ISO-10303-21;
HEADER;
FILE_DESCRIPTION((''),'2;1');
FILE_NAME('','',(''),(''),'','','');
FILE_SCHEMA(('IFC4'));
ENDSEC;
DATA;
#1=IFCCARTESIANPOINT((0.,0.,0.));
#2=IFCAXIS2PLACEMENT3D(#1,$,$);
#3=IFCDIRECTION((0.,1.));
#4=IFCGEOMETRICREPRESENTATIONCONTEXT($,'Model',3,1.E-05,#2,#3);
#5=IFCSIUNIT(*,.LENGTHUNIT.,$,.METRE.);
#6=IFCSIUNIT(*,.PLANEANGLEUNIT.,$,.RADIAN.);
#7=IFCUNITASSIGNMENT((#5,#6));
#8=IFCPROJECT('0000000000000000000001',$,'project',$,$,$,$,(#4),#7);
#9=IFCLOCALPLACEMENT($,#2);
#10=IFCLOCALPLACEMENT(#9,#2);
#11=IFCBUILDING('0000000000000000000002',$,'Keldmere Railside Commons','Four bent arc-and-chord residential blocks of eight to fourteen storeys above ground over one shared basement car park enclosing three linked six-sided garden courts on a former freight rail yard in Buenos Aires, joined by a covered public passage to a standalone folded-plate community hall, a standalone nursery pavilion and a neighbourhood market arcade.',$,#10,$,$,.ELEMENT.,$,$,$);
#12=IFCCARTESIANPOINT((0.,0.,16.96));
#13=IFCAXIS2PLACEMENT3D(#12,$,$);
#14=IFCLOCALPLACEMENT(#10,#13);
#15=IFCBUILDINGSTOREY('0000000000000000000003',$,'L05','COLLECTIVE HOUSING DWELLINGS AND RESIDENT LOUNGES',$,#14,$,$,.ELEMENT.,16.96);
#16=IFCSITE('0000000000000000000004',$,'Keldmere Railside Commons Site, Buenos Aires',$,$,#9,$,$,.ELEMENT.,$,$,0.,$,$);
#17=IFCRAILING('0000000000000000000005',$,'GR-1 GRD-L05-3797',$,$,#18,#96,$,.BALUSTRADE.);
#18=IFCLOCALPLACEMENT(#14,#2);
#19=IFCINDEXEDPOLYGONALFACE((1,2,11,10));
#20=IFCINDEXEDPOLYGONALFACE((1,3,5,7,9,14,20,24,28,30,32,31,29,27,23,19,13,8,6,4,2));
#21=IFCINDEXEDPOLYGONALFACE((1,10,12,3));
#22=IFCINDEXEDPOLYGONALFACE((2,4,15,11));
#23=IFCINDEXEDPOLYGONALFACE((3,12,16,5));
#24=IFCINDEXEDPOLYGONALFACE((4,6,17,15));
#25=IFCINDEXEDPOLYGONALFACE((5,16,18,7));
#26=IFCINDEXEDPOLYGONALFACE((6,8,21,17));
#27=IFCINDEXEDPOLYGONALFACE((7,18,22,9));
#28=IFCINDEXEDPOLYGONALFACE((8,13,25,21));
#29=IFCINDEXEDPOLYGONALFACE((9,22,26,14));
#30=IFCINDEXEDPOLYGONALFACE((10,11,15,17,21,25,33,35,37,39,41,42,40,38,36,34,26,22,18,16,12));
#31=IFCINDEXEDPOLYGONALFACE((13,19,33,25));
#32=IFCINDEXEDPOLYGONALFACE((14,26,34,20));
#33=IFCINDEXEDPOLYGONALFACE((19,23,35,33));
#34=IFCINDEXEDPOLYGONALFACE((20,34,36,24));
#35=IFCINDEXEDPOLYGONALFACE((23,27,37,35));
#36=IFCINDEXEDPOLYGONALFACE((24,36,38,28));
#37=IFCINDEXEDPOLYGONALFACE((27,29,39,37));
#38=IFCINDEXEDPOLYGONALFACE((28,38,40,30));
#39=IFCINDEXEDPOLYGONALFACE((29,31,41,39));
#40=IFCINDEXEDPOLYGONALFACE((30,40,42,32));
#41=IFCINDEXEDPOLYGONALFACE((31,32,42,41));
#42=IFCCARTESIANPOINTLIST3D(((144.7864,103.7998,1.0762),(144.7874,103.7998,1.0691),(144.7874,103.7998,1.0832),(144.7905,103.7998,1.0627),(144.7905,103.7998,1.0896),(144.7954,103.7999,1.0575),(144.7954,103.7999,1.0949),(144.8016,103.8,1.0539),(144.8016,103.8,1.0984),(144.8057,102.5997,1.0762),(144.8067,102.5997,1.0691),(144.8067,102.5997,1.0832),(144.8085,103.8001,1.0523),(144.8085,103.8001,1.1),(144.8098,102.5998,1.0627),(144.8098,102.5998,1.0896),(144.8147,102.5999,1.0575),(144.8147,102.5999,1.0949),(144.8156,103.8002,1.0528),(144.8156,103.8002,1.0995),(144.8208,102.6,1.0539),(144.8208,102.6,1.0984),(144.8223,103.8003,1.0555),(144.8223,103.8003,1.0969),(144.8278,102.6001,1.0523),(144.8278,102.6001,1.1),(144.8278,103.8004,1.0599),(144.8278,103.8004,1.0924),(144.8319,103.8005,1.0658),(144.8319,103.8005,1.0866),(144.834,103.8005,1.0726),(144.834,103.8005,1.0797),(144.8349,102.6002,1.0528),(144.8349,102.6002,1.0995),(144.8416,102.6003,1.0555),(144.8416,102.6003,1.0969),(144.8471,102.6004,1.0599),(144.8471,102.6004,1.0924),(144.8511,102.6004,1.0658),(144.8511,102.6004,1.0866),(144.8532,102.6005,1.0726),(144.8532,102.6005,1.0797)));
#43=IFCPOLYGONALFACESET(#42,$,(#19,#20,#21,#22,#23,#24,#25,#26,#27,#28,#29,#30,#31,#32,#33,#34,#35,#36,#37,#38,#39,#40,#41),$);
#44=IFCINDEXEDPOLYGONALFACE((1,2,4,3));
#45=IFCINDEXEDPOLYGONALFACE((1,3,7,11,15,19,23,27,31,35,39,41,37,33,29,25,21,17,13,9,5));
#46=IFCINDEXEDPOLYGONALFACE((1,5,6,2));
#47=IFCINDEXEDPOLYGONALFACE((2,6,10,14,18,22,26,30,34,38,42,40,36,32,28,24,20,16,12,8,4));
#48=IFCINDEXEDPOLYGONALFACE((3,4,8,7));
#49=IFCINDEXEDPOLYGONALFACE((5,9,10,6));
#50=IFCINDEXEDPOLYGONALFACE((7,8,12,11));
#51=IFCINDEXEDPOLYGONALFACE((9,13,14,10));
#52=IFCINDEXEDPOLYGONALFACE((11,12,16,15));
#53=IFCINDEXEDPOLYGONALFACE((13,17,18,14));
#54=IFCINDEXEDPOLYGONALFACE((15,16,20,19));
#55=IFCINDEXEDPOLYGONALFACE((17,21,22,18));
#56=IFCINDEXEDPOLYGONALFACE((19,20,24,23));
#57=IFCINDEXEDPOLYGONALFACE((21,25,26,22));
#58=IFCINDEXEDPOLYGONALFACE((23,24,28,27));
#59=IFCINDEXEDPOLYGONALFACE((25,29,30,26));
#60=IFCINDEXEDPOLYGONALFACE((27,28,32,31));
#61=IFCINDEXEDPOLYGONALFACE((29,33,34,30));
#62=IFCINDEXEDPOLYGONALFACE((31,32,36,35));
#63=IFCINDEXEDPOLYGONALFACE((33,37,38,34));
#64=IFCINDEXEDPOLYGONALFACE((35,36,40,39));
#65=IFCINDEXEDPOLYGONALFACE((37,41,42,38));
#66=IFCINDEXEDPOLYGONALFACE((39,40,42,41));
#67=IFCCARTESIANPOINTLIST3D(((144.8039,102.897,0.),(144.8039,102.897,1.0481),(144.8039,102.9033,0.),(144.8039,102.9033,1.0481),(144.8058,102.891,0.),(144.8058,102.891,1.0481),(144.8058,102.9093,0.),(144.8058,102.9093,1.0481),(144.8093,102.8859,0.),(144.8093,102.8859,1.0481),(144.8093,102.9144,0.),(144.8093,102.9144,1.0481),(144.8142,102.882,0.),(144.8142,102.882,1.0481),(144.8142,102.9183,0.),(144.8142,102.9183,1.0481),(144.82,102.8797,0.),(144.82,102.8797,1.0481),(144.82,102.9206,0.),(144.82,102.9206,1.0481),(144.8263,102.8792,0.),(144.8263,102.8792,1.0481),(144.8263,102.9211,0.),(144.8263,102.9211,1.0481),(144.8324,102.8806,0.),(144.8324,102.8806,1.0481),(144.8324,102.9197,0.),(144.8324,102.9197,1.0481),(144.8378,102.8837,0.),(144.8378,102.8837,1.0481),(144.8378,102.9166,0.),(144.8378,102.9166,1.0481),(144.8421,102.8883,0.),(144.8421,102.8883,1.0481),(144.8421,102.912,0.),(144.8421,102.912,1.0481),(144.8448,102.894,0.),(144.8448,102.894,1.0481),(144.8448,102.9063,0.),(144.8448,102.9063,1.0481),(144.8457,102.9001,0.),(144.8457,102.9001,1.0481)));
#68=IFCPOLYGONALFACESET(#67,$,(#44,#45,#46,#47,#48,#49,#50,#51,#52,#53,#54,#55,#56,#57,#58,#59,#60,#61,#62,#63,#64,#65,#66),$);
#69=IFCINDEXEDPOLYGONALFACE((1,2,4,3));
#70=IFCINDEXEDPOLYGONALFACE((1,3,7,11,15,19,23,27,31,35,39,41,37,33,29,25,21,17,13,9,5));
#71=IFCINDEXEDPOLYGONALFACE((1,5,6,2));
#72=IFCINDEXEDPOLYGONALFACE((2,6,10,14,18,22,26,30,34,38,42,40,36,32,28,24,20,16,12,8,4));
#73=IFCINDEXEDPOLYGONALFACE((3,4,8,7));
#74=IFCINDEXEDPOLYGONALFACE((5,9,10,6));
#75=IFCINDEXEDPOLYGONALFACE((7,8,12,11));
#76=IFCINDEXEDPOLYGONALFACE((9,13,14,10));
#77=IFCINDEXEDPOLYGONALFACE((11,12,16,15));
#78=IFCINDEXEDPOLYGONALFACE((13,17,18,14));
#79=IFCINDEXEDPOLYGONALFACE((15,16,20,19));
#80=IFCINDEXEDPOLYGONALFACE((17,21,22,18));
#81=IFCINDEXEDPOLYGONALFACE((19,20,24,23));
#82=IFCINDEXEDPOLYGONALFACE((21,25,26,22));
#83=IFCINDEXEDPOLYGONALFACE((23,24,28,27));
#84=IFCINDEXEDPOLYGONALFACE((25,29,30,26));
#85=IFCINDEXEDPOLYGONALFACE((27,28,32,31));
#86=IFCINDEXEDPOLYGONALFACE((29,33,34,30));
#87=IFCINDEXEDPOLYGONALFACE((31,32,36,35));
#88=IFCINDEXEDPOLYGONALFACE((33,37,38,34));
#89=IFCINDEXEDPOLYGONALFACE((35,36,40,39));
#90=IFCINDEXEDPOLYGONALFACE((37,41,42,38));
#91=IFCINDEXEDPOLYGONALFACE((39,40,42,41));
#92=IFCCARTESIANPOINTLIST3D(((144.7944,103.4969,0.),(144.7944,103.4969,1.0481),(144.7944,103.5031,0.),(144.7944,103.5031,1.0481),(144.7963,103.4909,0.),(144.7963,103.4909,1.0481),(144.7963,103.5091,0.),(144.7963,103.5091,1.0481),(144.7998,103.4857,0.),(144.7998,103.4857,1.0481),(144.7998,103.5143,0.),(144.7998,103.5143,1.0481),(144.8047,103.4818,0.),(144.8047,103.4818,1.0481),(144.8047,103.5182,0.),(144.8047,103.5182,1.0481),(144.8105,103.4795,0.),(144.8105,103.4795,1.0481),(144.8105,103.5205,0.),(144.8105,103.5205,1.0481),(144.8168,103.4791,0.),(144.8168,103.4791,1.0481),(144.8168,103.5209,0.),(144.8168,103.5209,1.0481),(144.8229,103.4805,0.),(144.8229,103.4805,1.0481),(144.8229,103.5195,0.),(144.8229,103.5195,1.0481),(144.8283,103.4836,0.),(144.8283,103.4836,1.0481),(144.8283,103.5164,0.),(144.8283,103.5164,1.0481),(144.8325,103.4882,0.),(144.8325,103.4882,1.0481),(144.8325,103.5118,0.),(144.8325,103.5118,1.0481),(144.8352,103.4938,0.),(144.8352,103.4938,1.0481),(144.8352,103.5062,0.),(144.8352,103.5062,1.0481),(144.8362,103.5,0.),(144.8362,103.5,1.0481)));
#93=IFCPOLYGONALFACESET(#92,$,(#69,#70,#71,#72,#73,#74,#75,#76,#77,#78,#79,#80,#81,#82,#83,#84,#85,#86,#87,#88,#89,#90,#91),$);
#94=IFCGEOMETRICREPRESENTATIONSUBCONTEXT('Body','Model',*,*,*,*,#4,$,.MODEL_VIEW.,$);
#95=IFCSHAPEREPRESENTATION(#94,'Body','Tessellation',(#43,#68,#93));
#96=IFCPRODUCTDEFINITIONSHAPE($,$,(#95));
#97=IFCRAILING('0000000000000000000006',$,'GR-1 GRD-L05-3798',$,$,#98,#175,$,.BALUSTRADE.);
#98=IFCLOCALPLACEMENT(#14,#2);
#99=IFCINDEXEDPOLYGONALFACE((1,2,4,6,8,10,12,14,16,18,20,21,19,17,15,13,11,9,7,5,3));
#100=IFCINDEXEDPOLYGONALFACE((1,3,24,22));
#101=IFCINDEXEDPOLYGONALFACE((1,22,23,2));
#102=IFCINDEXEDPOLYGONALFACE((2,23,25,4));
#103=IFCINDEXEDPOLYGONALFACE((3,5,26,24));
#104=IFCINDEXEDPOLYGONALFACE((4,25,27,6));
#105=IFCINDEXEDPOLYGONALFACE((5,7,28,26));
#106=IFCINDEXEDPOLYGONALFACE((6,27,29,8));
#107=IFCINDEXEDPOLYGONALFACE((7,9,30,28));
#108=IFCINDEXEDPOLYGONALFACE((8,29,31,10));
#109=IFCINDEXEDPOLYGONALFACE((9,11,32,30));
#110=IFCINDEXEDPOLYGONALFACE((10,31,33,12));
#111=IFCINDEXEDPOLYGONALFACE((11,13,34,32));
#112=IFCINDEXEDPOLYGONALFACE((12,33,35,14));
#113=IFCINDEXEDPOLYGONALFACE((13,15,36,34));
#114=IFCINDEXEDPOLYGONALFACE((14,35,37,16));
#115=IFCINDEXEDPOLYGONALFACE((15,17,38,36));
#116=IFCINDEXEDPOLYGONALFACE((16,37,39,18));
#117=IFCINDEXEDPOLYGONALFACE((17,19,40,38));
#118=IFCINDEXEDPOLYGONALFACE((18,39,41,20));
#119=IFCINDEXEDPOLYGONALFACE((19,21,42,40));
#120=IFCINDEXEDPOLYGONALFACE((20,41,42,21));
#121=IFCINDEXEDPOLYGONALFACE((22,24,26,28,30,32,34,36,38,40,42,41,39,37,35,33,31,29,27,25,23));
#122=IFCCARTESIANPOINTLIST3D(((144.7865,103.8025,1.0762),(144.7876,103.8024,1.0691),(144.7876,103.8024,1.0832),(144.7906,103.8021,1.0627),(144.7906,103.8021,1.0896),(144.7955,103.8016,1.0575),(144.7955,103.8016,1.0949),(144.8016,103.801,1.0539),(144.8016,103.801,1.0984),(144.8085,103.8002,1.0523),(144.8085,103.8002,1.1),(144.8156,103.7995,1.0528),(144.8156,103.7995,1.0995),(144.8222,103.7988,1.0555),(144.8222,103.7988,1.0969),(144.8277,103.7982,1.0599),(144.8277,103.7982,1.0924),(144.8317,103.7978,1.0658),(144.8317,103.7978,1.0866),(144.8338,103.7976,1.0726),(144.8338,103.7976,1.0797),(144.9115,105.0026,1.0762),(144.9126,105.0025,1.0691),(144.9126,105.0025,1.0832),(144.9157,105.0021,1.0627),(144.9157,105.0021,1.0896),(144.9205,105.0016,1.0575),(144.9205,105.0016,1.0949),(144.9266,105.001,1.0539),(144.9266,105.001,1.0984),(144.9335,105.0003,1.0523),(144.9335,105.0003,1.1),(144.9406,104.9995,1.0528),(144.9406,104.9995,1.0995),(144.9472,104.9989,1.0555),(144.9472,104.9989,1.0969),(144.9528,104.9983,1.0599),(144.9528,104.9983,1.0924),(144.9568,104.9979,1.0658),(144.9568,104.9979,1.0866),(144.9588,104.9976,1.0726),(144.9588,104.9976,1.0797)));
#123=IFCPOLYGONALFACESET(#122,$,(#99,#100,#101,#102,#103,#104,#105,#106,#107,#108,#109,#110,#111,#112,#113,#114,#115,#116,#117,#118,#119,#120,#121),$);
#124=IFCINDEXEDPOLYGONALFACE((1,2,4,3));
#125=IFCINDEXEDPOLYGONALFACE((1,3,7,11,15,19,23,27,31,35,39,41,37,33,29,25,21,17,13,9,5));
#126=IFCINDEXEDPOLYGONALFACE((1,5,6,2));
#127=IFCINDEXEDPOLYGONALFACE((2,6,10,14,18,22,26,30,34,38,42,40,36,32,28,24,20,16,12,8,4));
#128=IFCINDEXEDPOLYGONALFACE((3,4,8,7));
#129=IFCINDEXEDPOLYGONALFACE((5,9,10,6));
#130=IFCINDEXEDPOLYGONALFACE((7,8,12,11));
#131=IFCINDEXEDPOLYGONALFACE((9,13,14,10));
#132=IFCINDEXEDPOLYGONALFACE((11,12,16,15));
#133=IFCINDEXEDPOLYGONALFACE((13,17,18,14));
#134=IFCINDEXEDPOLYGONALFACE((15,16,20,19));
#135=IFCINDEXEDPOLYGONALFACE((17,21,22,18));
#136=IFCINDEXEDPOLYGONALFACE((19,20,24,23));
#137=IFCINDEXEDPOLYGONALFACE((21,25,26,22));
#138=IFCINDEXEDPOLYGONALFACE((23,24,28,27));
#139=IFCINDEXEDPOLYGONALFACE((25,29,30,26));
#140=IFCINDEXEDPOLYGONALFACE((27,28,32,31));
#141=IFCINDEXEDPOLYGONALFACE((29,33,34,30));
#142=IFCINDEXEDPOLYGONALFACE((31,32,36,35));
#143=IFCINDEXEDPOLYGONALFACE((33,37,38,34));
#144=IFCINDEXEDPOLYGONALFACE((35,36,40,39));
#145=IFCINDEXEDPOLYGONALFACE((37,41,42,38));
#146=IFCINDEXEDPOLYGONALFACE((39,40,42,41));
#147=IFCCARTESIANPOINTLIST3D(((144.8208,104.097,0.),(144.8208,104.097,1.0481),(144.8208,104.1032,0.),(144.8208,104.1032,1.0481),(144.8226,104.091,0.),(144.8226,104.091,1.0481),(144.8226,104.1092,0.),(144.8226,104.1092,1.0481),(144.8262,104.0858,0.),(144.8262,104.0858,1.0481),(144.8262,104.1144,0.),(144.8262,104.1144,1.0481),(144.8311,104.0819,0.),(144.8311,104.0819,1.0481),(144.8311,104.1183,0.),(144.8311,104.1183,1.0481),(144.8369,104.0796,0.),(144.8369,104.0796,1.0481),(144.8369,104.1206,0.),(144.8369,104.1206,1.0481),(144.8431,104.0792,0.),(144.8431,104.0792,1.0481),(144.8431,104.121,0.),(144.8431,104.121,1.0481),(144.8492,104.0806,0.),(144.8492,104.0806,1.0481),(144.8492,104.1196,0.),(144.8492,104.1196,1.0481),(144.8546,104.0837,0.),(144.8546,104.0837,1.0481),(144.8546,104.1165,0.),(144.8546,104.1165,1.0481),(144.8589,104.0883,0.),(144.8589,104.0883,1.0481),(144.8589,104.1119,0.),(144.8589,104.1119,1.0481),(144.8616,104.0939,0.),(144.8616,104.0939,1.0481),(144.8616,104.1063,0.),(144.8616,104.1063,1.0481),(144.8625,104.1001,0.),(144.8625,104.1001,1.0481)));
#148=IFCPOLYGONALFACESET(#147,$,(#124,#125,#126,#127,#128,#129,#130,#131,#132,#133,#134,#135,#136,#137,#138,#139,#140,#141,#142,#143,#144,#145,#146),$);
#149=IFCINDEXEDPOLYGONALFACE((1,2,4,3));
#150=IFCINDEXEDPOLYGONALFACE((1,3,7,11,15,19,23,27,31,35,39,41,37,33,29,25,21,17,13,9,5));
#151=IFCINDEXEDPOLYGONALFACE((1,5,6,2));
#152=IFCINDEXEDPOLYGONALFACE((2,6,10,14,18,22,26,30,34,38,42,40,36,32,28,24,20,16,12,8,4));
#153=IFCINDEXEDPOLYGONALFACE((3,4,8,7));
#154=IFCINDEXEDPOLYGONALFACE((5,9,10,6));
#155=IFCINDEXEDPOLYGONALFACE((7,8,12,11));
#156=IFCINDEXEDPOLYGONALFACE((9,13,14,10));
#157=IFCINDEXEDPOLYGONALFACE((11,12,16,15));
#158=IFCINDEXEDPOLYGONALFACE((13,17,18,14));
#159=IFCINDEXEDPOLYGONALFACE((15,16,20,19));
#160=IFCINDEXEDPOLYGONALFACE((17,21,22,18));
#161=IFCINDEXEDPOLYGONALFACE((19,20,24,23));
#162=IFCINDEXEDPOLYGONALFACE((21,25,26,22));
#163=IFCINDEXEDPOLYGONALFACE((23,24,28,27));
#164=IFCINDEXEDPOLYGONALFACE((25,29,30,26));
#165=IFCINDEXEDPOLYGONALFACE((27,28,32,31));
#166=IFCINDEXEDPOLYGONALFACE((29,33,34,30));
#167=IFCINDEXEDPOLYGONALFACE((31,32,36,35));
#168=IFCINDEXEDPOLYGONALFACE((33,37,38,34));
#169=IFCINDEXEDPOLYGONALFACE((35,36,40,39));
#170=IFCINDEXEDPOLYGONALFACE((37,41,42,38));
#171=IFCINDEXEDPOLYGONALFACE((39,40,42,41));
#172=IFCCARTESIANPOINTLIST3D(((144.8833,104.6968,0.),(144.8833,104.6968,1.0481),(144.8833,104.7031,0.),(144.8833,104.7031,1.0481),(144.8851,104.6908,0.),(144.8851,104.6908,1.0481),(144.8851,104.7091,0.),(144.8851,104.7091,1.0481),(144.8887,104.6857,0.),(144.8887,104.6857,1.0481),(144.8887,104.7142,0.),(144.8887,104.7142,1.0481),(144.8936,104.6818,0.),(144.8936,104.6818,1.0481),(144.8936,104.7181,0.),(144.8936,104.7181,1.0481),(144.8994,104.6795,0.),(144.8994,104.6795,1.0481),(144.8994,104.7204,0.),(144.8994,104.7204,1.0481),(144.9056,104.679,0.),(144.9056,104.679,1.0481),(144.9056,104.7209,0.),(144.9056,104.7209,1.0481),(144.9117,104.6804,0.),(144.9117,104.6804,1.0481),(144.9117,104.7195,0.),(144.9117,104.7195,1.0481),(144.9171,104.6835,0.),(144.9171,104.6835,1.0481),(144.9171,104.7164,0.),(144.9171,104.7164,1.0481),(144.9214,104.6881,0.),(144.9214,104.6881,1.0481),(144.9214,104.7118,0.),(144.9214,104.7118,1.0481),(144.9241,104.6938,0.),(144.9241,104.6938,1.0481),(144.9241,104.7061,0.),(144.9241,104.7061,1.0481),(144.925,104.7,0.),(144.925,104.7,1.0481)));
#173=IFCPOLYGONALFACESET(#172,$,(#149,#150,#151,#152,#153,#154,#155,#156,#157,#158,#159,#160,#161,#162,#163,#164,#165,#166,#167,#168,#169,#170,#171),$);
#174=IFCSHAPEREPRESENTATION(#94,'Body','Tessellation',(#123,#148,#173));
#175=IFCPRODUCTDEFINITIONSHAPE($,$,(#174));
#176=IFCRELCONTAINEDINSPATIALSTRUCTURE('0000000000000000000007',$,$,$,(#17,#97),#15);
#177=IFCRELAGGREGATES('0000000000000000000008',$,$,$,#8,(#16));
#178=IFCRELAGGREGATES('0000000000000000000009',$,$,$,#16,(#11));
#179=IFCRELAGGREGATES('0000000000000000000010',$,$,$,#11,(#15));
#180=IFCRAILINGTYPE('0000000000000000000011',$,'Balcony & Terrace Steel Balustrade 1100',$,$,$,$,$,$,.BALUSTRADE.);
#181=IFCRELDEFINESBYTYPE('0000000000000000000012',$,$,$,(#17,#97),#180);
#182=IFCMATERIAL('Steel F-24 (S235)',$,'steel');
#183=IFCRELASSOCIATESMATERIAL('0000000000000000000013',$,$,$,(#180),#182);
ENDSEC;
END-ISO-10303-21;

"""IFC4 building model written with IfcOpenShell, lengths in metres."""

from ifc_helpers import new_model, si_unit, direction, frame, origin, origin_2d, place, context, subcontext, project, spatial, circle, extrude, material, type_object, element, save


model = new_model("IFC4")

# Units and contexts
model_context = context("Model", 3, precision=1e-05, world=origin(), true_north=direction((0.0, 1.0)))
body_context = subcontext(model_context, "Body", "Model", "MODEL_VIEW")
ifc_project = project(units=[si_unit("LENGTHUNIT", "METRE"), si_unit("PLANEANGLEUNIT", "RADIAN")], contexts=[model_context])

# Site, building, storey
site_placement = place(None, origin())
site = spatial("IfcSite", under=ifc_project, at=site_placement, Name="Keldmere Railside Commons Site, Buenos Aires", CompositionType="ELEMENT", RefElevation=0.0)
building_placement = place(site_placement, origin())
building = spatial("IfcBuilding", under=site, at=building_placement, Name="Keldmere Railside Commons", Description="Four bent arc-and-chord residential blocks of eight to fourteen storeys above ground over one shared basement car park enclosing three linked six-sided garden courts on a former freight rail yard in Buenos Aires, joined by a covered public passage to a standalone folded-plate community hall, a standalone nursery pavilion and a neighbourhood market arcade.", CompositionType="ELEMENT")
storey_placement = place(building_placement, frame((0.0, 0.0, 16.96)))
storey = spatial("IfcBuildingStorey", under=building, at=storey_placement, Name="L05", Description="COLLECTIVE HOUSING DWELLINGS AND RESIDENT LOUNGES", CompositionType="ELEMENT", Elevation=16.96)

# Railings
ifc_material_1 = material(Name="Steel F-24 (S235)", Category="steel")
railing_type_1 = type_object("IfcRailingType", Name="Balcony & Terrace Steel Balustrade 1100", PredefinedType="BALUSTRADE", material=ifc_material_1)
railing_1_placement = place(storey_placement, frame((144.8296, 102.6001, 0.0)))
element("IfcRailing", 1, at=railing_1_placement, inside=storey, type_object=railing_type_1, Name="GR-1 GRD-L05-3797", PredefinedType="BALUSTRADE", context=body_context, shape_type="SweptSolid", body=[
    extrude(circle(Radius=0.0239, at=origin_2d()), frame((0.0, 0.0, 1.0762), z_axis=(-0.016071, 0.999871, 0.0), x_axis=(-0.999871, -0.016071, 0.0)), (0.0, 0.0, 1.0), 1.2002),
    extrude(circle(Radius=0.021, at=origin_2d()), frame((-0.0049, 0.3, 0.0)), (0.0, 0.0, 1.0), 1.0481),
    extrude(circle(Radius=0.021, at=origin_2d()), frame((-0.0144, 0.8999, 0.0)), (0.0, 0.0, 1.0), 1.0481),
])
railing_2_placement = place(storey_placement, frame((144.8103, 103.8, 0.0)))
element("IfcRailing", 2, at=railing_2_placement, inside=storey, type_object=railing_type_1, Name="GR-1 GRD-L05-3798", PredefinedType="BALUSTRADE", context=body_context, shape_type="SweptSolid", body=[
    extrude(circle(Radius=0.0239, at=origin_2d()), frame((0.0, 0.0, 1.0762), z_axis=(0.10361, 0.994618, 0.0), x_axis=(-0.994618, 0.10361, 0.0)), (0.0, 0.0, 1.0), 1.2065),
    extrude(circle(Radius=0.021, at=origin_2d()), frame((0.0312, 0.3, 0.0)), (0.0, 0.0, 1.0), 1.0481),
    extrude(circle(Radius=0.021, at=origin_2d()), frame((0.0938, 0.8999, 0.0)), (0.0, 0.0, 1.0), 1.0481),
])

save(model, "model.ifc")
